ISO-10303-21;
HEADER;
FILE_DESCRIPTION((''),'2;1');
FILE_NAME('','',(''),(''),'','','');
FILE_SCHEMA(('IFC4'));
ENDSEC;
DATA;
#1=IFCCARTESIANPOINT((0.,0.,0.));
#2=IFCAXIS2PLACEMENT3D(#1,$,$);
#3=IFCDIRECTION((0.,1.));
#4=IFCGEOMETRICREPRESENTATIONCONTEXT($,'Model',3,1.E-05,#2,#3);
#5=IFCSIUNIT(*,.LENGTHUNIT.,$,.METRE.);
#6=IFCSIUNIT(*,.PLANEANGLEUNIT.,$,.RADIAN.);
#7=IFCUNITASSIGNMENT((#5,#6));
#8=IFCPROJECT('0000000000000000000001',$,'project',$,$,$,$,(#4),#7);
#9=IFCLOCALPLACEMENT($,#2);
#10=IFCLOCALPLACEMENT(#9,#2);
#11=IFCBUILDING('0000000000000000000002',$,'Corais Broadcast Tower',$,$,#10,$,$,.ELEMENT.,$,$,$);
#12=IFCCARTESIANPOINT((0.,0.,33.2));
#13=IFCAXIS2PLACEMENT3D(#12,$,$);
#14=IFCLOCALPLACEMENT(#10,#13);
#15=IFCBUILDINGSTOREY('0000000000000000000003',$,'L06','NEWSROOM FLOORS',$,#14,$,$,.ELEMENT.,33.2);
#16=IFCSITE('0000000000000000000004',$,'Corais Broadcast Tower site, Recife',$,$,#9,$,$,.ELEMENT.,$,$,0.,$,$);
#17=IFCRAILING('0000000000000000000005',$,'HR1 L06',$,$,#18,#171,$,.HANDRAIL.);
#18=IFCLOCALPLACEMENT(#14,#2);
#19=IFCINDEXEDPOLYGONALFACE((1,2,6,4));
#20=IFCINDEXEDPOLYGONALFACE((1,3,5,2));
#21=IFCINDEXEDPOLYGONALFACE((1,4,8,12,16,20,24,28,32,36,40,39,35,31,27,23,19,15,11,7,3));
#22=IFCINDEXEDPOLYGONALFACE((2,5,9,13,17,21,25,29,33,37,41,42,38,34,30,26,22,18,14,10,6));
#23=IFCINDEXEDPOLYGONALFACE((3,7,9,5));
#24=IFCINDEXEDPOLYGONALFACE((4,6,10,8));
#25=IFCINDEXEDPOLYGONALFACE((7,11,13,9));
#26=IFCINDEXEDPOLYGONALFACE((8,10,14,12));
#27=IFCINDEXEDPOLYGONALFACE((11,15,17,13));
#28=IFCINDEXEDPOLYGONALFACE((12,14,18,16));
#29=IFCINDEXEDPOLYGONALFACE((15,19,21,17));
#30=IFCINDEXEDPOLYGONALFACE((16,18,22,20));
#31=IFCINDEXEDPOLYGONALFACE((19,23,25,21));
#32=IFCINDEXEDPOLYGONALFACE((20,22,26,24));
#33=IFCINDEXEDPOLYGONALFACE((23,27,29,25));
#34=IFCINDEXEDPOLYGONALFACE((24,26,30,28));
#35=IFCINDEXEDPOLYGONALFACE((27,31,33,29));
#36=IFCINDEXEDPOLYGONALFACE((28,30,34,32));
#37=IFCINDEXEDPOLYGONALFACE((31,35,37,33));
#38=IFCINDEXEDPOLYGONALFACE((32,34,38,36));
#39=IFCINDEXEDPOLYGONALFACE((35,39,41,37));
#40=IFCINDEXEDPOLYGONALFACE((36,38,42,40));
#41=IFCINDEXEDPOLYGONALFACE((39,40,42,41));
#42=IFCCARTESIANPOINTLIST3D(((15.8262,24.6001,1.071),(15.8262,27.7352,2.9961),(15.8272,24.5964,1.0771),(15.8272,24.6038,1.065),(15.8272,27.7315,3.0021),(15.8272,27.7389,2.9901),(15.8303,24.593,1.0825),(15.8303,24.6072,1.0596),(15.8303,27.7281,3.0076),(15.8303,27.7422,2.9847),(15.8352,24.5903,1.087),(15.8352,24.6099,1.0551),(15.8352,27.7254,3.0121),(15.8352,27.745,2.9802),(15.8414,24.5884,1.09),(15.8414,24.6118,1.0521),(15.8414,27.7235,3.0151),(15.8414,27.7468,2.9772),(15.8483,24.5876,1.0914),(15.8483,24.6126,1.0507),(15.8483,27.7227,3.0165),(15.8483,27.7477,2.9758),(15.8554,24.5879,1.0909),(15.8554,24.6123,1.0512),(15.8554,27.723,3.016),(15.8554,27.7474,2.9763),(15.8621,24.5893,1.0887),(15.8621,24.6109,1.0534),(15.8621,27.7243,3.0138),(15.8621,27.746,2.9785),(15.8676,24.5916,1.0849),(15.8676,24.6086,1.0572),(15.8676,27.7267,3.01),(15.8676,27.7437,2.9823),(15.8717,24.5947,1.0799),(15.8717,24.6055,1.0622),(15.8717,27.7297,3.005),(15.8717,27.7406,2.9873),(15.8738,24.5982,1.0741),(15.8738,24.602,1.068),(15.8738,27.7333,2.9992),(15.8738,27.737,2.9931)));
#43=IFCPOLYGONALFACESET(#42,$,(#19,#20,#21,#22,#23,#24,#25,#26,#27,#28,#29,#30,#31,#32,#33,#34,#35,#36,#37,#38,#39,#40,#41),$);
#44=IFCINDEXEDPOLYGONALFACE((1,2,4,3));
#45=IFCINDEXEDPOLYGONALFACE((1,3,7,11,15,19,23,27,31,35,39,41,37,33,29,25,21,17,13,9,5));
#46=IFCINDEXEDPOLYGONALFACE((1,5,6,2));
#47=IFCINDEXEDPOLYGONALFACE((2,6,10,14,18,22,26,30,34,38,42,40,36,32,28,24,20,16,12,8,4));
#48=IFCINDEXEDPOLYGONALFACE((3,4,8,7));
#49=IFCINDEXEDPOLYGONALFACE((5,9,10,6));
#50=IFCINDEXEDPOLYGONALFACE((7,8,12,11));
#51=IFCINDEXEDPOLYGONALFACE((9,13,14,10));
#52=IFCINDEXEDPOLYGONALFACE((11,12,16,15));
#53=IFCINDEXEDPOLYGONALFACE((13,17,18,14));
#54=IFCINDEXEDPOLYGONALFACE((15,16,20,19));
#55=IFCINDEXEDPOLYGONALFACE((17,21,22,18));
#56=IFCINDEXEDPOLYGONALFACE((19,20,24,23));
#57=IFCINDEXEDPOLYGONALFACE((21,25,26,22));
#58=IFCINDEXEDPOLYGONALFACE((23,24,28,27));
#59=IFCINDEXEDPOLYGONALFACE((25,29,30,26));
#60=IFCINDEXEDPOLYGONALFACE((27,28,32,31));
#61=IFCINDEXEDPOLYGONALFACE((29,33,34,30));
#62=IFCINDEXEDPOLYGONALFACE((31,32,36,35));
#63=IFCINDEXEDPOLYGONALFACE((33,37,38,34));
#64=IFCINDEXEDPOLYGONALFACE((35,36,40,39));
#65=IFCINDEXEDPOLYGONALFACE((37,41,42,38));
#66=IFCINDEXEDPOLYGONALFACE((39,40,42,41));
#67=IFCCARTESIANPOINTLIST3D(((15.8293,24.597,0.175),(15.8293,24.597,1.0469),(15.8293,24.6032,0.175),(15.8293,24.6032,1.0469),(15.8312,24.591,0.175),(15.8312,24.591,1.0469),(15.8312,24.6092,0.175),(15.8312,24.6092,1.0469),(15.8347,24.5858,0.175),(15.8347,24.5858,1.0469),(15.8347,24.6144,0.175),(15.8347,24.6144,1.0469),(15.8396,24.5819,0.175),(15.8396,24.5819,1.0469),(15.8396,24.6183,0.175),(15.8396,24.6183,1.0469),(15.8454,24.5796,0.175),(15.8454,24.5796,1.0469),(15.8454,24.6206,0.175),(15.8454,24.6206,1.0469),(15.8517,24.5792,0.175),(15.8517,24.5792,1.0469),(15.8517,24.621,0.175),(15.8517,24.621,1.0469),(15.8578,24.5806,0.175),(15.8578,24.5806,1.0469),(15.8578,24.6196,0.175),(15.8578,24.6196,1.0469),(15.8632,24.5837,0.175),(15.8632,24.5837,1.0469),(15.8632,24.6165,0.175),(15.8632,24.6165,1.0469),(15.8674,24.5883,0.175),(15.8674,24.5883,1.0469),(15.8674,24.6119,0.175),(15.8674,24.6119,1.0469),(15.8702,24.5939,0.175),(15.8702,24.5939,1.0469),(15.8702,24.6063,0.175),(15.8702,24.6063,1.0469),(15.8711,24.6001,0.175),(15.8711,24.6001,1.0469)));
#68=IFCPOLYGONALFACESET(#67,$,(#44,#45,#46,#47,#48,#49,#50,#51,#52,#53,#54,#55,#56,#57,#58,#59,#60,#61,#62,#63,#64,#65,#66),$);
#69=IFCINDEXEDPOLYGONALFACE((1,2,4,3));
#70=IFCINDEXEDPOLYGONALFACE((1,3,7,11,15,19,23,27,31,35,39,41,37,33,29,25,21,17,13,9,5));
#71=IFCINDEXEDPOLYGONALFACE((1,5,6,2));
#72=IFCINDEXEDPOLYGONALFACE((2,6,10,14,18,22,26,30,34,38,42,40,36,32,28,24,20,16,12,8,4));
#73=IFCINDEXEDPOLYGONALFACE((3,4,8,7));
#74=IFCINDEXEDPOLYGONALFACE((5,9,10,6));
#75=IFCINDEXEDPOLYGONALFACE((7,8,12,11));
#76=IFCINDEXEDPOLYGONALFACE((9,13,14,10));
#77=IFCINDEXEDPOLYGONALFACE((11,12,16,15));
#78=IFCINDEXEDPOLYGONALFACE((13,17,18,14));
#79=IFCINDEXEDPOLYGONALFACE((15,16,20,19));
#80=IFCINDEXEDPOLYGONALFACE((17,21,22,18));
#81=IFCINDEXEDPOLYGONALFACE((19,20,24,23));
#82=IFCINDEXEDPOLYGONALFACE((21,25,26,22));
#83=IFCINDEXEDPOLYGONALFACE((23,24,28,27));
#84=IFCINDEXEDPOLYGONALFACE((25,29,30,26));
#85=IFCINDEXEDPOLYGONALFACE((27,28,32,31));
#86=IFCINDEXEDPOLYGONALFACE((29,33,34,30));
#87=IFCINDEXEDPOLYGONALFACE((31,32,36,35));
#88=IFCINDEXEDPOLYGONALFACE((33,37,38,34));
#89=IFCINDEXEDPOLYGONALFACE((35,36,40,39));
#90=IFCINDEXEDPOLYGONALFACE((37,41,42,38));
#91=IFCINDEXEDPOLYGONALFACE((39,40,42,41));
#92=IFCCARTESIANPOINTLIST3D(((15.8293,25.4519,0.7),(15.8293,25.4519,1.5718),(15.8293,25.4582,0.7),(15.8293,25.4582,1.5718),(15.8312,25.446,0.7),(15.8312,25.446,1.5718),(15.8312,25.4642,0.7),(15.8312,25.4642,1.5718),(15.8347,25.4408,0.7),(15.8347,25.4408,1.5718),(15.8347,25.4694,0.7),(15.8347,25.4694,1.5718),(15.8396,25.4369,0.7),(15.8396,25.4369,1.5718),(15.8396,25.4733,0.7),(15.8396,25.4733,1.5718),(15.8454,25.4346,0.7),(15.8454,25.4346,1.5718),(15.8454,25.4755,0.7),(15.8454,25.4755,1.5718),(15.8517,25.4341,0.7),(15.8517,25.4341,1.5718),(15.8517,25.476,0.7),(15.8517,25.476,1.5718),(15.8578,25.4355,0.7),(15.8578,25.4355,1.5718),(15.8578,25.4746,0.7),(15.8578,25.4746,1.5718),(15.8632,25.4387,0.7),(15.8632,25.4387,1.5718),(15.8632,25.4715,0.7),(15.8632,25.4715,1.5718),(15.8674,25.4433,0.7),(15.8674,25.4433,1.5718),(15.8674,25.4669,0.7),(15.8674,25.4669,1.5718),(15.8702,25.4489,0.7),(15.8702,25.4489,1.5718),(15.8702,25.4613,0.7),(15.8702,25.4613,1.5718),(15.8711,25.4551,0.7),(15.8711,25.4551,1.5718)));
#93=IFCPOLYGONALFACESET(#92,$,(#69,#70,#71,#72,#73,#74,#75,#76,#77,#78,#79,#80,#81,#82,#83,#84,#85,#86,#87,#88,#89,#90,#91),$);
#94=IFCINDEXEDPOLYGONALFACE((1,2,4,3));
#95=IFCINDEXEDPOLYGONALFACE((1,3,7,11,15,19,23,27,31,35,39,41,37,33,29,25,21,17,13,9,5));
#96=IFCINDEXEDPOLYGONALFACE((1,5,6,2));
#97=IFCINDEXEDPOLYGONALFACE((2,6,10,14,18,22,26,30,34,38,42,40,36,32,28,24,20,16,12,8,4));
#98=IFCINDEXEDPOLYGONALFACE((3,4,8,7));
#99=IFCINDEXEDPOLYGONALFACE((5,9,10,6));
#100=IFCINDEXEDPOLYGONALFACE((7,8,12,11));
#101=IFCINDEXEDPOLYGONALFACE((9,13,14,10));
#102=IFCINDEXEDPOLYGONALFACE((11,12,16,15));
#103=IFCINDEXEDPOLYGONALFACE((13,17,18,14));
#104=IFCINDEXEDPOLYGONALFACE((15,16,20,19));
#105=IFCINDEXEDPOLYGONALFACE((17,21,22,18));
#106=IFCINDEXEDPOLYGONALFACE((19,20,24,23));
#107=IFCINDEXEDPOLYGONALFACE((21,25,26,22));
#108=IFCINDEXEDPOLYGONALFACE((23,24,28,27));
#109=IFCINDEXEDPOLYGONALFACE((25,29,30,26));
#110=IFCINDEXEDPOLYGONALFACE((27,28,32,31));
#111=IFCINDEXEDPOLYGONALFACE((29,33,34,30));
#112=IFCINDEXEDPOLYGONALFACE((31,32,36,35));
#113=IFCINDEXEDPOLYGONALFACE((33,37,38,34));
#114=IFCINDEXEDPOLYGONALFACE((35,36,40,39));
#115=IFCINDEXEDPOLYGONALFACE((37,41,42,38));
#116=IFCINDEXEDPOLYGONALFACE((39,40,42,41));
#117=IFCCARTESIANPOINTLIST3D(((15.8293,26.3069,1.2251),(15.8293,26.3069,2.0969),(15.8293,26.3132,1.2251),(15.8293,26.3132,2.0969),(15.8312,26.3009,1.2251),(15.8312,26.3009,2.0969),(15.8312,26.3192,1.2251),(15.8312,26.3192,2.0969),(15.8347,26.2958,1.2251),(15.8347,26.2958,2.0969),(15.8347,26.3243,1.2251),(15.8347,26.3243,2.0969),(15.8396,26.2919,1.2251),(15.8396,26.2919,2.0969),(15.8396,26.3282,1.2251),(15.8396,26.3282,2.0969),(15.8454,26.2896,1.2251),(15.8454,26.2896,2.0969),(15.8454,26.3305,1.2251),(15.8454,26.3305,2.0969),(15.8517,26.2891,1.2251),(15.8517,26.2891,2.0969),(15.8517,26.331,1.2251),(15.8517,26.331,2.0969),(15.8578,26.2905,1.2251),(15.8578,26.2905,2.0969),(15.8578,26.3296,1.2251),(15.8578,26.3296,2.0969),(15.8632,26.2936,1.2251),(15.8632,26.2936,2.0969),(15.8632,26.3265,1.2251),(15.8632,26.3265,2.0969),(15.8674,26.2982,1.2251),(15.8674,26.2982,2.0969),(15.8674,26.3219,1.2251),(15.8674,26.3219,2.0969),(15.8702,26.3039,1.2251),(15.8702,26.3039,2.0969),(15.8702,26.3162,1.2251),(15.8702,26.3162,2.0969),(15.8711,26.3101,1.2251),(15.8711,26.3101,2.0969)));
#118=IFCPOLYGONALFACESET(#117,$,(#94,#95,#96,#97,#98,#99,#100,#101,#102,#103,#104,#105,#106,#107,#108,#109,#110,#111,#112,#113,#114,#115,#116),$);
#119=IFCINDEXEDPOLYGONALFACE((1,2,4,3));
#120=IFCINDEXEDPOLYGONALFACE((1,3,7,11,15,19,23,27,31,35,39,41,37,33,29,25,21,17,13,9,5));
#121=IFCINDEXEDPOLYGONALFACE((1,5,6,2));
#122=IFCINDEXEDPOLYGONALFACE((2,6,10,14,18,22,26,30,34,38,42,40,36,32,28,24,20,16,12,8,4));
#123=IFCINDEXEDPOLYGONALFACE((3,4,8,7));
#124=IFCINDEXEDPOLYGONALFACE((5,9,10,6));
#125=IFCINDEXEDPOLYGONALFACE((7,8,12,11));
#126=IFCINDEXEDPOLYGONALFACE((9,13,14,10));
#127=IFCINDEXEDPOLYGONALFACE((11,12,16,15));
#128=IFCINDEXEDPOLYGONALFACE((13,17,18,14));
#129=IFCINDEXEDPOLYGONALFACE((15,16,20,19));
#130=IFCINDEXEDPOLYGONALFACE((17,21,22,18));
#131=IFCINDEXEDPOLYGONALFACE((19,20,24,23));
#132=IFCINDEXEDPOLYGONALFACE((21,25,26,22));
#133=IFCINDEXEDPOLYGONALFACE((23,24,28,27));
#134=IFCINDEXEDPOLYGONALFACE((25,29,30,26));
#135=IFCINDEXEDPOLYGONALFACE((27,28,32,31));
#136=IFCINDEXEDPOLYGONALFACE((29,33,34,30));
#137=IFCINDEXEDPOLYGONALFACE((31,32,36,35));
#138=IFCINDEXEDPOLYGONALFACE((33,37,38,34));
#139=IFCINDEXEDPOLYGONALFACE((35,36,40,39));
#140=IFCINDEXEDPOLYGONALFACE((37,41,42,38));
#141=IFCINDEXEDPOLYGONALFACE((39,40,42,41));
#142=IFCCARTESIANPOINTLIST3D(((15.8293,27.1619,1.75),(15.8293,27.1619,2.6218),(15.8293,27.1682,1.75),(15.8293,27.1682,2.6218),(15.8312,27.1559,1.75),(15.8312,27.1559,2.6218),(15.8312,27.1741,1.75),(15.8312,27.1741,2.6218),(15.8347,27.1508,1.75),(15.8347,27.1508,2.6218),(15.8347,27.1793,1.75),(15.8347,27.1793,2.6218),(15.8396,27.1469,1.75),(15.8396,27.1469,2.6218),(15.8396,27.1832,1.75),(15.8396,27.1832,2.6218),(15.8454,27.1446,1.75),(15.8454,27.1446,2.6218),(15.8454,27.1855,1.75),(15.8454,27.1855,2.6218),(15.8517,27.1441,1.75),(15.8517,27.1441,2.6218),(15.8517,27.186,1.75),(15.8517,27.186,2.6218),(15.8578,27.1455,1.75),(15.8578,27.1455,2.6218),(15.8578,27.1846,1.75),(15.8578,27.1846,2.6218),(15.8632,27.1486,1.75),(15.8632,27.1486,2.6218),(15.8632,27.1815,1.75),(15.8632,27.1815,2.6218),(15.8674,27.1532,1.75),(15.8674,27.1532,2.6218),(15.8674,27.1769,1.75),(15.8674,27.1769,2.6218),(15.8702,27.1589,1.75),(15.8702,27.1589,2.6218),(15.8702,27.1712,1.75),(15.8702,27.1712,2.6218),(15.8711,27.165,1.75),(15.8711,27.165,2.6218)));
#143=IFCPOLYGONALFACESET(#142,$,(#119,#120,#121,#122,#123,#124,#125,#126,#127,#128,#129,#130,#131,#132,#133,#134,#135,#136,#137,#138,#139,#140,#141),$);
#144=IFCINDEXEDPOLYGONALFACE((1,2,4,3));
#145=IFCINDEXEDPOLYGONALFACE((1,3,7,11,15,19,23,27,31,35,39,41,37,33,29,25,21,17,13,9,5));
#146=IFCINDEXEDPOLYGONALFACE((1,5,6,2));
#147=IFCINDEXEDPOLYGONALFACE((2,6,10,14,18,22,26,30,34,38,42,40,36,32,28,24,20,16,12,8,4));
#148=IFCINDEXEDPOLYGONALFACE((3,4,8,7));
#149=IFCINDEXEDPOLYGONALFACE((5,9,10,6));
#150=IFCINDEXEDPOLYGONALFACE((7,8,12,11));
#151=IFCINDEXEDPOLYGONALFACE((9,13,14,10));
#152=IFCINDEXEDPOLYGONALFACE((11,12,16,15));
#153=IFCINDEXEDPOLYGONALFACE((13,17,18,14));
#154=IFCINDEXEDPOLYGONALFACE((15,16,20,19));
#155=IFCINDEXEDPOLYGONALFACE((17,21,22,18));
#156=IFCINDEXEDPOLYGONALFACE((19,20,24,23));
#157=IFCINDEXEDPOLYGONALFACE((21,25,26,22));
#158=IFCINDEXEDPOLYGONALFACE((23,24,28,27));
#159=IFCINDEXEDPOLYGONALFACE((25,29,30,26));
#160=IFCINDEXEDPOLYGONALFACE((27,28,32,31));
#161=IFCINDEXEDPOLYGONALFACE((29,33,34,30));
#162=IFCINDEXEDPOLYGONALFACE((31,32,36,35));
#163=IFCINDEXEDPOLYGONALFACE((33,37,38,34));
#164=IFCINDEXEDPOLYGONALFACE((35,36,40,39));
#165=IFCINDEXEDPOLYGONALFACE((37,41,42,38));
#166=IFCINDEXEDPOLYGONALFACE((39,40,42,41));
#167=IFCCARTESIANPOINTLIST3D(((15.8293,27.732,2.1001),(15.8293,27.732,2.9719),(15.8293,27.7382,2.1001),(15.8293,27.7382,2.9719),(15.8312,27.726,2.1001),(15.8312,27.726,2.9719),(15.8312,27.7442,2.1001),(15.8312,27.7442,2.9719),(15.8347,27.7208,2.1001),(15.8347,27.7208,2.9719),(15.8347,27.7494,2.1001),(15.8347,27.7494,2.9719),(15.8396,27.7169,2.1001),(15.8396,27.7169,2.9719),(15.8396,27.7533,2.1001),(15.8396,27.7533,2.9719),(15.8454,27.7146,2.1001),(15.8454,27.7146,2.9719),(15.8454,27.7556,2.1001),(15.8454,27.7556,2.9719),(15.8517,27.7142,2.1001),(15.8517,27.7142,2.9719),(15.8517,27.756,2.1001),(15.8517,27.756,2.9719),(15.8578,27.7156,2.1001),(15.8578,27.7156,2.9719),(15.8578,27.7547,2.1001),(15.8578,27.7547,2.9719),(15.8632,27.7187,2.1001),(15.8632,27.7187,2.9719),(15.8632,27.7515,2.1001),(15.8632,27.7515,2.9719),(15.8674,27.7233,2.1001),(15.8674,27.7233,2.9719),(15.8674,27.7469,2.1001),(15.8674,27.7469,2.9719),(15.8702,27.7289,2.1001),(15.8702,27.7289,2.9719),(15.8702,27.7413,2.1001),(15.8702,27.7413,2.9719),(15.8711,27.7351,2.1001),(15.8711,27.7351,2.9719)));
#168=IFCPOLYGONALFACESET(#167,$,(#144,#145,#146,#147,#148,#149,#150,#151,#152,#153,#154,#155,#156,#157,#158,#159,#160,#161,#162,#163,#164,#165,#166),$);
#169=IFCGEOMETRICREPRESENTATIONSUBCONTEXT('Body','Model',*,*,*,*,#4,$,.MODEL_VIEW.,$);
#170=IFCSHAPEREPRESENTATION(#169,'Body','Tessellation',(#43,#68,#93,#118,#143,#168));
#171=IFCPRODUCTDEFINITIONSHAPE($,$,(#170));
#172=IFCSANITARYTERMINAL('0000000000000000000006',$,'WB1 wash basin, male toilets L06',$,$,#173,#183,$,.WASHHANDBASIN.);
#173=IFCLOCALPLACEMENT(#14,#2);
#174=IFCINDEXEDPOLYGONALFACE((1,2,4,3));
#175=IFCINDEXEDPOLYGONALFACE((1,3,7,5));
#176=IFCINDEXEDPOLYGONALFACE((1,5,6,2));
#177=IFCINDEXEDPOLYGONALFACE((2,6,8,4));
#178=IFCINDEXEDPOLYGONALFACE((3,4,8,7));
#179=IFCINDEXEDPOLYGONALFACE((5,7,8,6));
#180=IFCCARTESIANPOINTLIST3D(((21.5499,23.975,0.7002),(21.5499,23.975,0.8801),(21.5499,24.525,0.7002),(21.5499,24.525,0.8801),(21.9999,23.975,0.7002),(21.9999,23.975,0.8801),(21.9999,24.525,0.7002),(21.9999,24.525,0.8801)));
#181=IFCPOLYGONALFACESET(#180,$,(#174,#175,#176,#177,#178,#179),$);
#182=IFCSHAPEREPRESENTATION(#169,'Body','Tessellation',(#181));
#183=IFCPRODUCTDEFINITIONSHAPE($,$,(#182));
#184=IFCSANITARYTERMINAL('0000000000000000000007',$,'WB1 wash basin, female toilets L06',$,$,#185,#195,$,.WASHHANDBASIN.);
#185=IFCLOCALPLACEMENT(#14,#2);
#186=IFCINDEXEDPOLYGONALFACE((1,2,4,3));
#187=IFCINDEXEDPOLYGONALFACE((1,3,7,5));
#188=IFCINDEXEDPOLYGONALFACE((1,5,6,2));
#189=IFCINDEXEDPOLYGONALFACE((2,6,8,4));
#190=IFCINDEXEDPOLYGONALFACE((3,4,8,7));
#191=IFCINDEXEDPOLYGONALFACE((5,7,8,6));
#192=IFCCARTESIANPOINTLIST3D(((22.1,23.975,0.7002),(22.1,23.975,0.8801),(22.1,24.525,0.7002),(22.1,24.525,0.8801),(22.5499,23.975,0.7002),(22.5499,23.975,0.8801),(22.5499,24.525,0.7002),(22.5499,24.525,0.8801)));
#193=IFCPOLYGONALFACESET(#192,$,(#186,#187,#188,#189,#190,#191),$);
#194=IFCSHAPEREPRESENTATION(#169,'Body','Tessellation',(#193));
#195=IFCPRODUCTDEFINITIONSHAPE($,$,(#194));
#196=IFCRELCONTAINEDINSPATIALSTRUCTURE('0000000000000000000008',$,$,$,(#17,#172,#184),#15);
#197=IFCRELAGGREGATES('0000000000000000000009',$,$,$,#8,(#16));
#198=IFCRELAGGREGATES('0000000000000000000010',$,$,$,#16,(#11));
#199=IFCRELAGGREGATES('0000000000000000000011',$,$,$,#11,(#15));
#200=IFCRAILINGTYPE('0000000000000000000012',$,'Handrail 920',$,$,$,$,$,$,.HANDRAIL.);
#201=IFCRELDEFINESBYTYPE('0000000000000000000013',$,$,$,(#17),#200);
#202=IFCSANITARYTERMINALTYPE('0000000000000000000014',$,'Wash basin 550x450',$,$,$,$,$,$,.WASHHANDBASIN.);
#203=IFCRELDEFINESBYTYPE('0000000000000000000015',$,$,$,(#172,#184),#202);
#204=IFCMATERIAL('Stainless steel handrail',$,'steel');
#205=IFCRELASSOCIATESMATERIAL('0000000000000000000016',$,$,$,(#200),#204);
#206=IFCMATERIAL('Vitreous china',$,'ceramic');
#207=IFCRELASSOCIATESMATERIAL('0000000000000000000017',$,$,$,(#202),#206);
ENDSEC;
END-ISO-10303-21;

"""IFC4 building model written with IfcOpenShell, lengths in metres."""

from ifc_helpers import new_model, si_unit, direction, frame, origin, origin_2d, place, context, subcontext, project, spatial, rectangle, circle, extrude, material, type_object, element, save


model = new_model("IFC4")

# Units and contexts
model_context = context("Model", 3, precision=1e-05, world=origin(), true_north=direction((0.0, 1.0)))
body_context = subcontext(model_context, "Body", "Model", "MODEL_VIEW")
ifc_project = project(units=[si_unit("LENGTHUNIT", "METRE"), si_unit("PLANEANGLEUNIT", "RADIAN")], contexts=[model_context])

# Site, building, storey
site_placement = place(None, origin())
site = spatial("IfcSite", under=ifc_project, at=site_placement, Name="Corais Broadcast Tower site, Recife", CompositionType="ELEMENT", RefElevation=0.0)
building_placement = place(site_placement, origin())
building = spatial("IfcBuilding", under=site, at=building_placement, Name="Corais Broadcast Tower", CompositionType="ELEMENT")
storey_placement = place(building_placement, frame((0.0, 0.0, 33.2)))
storey = spatial("IfcBuildingStorey", under=building, at=storey_placement, Name="L06", Description="NEWSROOM FLOORS", CompositionType="ELEMENT", Elevation=33.2)

# Railing
ifc_material_1 = material(Name="Stainless steel handrail", Category="steel")
railing_type = type_object("IfcRailingType", Name="Handrail 920", PredefinedType="HANDRAIL", material=ifc_material_1)
for number, where, name in (
    (1, (15.8501, 24.6001, 0.175), "HR1 L06"),
):
    element("IfcRailing", number, at=place(storey_placement, frame(where)), inside=storey, type_object=railing_type, Name=name, PredefinedType="HANDRAIL", context=body_context, shape_type="SweptSolid", body=[
        extrude(circle(Radius=0.0239, at=origin_2d()), frame((0.0, 0.0, 0.896), z_axis=(0.0, 0.852166, 0.523271), x_axis=(-1.0, 0.0, 0.0)), (0.0, 0.0, 1.0), 3.679),
        extrude(circle(Radius=0.021, at=origin_2d()), origin(), (0.0, 0.0, 1.0), 0.8718),
        extrude(circle(Radius=0.021, at=origin_2d()), frame((0.0, 0.855, 0.5249)), (0.0, 0.0, 1.0), 0.8718),
        extrude(circle(Radius=0.021, at=origin_2d()), frame((0.0, 1.71, 1.05)), (0.0, 0.0, 1.0), 0.8718),
        extrude(circle(Radius=0.021, at=origin_2d()), frame((0.0, 2.5649, 1.575)), (0.0, 0.0, 1.0), 0.8718),
        extrude(circle(Radius=0.021, at=origin_2d()), frame((0.0, 3.135, 1.925)), (0.0, 0.0, 1.0), 0.8718),
    ])

# Sanitary terminals
ifc_material_2 = material(Name="Vitreous china", Category="ceramic")
sanitary_terminal_type = type_object("IfcSanitaryTerminalType", Name="Wash basin 550x450", PredefinedType="WASHHANDBASIN", material=ifc_material_2)
for number, where, z_axis, x_axis, name in (
    (2, (21.7749, 24.25, 0.7002), (0.0, 0.0, 1.0), (1.0, 0.0, 0.0), "WB1 wash basin, male toilets L06"),
    (3, (22.325, 24.25, 0.7002), (0.0, 0.0, 1.0), (1.0, 0.0, 0.0), "WB1 wash basin, female toilets L06"),
):
    element("IfcSanitaryTerminal", number, at=place(storey_placement, frame(where, z_axis=z_axis, x_axis=x_axis)), inside=storey, type_object=sanitary_terminal_type, Name=name, PredefinedType="WASHHANDBASIN", context=body_context, shape_type="SweptSolid", body=[
        extrude(rectangle(XDim=0.45, YDim=0.55, at=origin_2d()), origin(), (0.0, 0.0, 1.0), 0.1799),
    ])

save(model, "model.ifc")
